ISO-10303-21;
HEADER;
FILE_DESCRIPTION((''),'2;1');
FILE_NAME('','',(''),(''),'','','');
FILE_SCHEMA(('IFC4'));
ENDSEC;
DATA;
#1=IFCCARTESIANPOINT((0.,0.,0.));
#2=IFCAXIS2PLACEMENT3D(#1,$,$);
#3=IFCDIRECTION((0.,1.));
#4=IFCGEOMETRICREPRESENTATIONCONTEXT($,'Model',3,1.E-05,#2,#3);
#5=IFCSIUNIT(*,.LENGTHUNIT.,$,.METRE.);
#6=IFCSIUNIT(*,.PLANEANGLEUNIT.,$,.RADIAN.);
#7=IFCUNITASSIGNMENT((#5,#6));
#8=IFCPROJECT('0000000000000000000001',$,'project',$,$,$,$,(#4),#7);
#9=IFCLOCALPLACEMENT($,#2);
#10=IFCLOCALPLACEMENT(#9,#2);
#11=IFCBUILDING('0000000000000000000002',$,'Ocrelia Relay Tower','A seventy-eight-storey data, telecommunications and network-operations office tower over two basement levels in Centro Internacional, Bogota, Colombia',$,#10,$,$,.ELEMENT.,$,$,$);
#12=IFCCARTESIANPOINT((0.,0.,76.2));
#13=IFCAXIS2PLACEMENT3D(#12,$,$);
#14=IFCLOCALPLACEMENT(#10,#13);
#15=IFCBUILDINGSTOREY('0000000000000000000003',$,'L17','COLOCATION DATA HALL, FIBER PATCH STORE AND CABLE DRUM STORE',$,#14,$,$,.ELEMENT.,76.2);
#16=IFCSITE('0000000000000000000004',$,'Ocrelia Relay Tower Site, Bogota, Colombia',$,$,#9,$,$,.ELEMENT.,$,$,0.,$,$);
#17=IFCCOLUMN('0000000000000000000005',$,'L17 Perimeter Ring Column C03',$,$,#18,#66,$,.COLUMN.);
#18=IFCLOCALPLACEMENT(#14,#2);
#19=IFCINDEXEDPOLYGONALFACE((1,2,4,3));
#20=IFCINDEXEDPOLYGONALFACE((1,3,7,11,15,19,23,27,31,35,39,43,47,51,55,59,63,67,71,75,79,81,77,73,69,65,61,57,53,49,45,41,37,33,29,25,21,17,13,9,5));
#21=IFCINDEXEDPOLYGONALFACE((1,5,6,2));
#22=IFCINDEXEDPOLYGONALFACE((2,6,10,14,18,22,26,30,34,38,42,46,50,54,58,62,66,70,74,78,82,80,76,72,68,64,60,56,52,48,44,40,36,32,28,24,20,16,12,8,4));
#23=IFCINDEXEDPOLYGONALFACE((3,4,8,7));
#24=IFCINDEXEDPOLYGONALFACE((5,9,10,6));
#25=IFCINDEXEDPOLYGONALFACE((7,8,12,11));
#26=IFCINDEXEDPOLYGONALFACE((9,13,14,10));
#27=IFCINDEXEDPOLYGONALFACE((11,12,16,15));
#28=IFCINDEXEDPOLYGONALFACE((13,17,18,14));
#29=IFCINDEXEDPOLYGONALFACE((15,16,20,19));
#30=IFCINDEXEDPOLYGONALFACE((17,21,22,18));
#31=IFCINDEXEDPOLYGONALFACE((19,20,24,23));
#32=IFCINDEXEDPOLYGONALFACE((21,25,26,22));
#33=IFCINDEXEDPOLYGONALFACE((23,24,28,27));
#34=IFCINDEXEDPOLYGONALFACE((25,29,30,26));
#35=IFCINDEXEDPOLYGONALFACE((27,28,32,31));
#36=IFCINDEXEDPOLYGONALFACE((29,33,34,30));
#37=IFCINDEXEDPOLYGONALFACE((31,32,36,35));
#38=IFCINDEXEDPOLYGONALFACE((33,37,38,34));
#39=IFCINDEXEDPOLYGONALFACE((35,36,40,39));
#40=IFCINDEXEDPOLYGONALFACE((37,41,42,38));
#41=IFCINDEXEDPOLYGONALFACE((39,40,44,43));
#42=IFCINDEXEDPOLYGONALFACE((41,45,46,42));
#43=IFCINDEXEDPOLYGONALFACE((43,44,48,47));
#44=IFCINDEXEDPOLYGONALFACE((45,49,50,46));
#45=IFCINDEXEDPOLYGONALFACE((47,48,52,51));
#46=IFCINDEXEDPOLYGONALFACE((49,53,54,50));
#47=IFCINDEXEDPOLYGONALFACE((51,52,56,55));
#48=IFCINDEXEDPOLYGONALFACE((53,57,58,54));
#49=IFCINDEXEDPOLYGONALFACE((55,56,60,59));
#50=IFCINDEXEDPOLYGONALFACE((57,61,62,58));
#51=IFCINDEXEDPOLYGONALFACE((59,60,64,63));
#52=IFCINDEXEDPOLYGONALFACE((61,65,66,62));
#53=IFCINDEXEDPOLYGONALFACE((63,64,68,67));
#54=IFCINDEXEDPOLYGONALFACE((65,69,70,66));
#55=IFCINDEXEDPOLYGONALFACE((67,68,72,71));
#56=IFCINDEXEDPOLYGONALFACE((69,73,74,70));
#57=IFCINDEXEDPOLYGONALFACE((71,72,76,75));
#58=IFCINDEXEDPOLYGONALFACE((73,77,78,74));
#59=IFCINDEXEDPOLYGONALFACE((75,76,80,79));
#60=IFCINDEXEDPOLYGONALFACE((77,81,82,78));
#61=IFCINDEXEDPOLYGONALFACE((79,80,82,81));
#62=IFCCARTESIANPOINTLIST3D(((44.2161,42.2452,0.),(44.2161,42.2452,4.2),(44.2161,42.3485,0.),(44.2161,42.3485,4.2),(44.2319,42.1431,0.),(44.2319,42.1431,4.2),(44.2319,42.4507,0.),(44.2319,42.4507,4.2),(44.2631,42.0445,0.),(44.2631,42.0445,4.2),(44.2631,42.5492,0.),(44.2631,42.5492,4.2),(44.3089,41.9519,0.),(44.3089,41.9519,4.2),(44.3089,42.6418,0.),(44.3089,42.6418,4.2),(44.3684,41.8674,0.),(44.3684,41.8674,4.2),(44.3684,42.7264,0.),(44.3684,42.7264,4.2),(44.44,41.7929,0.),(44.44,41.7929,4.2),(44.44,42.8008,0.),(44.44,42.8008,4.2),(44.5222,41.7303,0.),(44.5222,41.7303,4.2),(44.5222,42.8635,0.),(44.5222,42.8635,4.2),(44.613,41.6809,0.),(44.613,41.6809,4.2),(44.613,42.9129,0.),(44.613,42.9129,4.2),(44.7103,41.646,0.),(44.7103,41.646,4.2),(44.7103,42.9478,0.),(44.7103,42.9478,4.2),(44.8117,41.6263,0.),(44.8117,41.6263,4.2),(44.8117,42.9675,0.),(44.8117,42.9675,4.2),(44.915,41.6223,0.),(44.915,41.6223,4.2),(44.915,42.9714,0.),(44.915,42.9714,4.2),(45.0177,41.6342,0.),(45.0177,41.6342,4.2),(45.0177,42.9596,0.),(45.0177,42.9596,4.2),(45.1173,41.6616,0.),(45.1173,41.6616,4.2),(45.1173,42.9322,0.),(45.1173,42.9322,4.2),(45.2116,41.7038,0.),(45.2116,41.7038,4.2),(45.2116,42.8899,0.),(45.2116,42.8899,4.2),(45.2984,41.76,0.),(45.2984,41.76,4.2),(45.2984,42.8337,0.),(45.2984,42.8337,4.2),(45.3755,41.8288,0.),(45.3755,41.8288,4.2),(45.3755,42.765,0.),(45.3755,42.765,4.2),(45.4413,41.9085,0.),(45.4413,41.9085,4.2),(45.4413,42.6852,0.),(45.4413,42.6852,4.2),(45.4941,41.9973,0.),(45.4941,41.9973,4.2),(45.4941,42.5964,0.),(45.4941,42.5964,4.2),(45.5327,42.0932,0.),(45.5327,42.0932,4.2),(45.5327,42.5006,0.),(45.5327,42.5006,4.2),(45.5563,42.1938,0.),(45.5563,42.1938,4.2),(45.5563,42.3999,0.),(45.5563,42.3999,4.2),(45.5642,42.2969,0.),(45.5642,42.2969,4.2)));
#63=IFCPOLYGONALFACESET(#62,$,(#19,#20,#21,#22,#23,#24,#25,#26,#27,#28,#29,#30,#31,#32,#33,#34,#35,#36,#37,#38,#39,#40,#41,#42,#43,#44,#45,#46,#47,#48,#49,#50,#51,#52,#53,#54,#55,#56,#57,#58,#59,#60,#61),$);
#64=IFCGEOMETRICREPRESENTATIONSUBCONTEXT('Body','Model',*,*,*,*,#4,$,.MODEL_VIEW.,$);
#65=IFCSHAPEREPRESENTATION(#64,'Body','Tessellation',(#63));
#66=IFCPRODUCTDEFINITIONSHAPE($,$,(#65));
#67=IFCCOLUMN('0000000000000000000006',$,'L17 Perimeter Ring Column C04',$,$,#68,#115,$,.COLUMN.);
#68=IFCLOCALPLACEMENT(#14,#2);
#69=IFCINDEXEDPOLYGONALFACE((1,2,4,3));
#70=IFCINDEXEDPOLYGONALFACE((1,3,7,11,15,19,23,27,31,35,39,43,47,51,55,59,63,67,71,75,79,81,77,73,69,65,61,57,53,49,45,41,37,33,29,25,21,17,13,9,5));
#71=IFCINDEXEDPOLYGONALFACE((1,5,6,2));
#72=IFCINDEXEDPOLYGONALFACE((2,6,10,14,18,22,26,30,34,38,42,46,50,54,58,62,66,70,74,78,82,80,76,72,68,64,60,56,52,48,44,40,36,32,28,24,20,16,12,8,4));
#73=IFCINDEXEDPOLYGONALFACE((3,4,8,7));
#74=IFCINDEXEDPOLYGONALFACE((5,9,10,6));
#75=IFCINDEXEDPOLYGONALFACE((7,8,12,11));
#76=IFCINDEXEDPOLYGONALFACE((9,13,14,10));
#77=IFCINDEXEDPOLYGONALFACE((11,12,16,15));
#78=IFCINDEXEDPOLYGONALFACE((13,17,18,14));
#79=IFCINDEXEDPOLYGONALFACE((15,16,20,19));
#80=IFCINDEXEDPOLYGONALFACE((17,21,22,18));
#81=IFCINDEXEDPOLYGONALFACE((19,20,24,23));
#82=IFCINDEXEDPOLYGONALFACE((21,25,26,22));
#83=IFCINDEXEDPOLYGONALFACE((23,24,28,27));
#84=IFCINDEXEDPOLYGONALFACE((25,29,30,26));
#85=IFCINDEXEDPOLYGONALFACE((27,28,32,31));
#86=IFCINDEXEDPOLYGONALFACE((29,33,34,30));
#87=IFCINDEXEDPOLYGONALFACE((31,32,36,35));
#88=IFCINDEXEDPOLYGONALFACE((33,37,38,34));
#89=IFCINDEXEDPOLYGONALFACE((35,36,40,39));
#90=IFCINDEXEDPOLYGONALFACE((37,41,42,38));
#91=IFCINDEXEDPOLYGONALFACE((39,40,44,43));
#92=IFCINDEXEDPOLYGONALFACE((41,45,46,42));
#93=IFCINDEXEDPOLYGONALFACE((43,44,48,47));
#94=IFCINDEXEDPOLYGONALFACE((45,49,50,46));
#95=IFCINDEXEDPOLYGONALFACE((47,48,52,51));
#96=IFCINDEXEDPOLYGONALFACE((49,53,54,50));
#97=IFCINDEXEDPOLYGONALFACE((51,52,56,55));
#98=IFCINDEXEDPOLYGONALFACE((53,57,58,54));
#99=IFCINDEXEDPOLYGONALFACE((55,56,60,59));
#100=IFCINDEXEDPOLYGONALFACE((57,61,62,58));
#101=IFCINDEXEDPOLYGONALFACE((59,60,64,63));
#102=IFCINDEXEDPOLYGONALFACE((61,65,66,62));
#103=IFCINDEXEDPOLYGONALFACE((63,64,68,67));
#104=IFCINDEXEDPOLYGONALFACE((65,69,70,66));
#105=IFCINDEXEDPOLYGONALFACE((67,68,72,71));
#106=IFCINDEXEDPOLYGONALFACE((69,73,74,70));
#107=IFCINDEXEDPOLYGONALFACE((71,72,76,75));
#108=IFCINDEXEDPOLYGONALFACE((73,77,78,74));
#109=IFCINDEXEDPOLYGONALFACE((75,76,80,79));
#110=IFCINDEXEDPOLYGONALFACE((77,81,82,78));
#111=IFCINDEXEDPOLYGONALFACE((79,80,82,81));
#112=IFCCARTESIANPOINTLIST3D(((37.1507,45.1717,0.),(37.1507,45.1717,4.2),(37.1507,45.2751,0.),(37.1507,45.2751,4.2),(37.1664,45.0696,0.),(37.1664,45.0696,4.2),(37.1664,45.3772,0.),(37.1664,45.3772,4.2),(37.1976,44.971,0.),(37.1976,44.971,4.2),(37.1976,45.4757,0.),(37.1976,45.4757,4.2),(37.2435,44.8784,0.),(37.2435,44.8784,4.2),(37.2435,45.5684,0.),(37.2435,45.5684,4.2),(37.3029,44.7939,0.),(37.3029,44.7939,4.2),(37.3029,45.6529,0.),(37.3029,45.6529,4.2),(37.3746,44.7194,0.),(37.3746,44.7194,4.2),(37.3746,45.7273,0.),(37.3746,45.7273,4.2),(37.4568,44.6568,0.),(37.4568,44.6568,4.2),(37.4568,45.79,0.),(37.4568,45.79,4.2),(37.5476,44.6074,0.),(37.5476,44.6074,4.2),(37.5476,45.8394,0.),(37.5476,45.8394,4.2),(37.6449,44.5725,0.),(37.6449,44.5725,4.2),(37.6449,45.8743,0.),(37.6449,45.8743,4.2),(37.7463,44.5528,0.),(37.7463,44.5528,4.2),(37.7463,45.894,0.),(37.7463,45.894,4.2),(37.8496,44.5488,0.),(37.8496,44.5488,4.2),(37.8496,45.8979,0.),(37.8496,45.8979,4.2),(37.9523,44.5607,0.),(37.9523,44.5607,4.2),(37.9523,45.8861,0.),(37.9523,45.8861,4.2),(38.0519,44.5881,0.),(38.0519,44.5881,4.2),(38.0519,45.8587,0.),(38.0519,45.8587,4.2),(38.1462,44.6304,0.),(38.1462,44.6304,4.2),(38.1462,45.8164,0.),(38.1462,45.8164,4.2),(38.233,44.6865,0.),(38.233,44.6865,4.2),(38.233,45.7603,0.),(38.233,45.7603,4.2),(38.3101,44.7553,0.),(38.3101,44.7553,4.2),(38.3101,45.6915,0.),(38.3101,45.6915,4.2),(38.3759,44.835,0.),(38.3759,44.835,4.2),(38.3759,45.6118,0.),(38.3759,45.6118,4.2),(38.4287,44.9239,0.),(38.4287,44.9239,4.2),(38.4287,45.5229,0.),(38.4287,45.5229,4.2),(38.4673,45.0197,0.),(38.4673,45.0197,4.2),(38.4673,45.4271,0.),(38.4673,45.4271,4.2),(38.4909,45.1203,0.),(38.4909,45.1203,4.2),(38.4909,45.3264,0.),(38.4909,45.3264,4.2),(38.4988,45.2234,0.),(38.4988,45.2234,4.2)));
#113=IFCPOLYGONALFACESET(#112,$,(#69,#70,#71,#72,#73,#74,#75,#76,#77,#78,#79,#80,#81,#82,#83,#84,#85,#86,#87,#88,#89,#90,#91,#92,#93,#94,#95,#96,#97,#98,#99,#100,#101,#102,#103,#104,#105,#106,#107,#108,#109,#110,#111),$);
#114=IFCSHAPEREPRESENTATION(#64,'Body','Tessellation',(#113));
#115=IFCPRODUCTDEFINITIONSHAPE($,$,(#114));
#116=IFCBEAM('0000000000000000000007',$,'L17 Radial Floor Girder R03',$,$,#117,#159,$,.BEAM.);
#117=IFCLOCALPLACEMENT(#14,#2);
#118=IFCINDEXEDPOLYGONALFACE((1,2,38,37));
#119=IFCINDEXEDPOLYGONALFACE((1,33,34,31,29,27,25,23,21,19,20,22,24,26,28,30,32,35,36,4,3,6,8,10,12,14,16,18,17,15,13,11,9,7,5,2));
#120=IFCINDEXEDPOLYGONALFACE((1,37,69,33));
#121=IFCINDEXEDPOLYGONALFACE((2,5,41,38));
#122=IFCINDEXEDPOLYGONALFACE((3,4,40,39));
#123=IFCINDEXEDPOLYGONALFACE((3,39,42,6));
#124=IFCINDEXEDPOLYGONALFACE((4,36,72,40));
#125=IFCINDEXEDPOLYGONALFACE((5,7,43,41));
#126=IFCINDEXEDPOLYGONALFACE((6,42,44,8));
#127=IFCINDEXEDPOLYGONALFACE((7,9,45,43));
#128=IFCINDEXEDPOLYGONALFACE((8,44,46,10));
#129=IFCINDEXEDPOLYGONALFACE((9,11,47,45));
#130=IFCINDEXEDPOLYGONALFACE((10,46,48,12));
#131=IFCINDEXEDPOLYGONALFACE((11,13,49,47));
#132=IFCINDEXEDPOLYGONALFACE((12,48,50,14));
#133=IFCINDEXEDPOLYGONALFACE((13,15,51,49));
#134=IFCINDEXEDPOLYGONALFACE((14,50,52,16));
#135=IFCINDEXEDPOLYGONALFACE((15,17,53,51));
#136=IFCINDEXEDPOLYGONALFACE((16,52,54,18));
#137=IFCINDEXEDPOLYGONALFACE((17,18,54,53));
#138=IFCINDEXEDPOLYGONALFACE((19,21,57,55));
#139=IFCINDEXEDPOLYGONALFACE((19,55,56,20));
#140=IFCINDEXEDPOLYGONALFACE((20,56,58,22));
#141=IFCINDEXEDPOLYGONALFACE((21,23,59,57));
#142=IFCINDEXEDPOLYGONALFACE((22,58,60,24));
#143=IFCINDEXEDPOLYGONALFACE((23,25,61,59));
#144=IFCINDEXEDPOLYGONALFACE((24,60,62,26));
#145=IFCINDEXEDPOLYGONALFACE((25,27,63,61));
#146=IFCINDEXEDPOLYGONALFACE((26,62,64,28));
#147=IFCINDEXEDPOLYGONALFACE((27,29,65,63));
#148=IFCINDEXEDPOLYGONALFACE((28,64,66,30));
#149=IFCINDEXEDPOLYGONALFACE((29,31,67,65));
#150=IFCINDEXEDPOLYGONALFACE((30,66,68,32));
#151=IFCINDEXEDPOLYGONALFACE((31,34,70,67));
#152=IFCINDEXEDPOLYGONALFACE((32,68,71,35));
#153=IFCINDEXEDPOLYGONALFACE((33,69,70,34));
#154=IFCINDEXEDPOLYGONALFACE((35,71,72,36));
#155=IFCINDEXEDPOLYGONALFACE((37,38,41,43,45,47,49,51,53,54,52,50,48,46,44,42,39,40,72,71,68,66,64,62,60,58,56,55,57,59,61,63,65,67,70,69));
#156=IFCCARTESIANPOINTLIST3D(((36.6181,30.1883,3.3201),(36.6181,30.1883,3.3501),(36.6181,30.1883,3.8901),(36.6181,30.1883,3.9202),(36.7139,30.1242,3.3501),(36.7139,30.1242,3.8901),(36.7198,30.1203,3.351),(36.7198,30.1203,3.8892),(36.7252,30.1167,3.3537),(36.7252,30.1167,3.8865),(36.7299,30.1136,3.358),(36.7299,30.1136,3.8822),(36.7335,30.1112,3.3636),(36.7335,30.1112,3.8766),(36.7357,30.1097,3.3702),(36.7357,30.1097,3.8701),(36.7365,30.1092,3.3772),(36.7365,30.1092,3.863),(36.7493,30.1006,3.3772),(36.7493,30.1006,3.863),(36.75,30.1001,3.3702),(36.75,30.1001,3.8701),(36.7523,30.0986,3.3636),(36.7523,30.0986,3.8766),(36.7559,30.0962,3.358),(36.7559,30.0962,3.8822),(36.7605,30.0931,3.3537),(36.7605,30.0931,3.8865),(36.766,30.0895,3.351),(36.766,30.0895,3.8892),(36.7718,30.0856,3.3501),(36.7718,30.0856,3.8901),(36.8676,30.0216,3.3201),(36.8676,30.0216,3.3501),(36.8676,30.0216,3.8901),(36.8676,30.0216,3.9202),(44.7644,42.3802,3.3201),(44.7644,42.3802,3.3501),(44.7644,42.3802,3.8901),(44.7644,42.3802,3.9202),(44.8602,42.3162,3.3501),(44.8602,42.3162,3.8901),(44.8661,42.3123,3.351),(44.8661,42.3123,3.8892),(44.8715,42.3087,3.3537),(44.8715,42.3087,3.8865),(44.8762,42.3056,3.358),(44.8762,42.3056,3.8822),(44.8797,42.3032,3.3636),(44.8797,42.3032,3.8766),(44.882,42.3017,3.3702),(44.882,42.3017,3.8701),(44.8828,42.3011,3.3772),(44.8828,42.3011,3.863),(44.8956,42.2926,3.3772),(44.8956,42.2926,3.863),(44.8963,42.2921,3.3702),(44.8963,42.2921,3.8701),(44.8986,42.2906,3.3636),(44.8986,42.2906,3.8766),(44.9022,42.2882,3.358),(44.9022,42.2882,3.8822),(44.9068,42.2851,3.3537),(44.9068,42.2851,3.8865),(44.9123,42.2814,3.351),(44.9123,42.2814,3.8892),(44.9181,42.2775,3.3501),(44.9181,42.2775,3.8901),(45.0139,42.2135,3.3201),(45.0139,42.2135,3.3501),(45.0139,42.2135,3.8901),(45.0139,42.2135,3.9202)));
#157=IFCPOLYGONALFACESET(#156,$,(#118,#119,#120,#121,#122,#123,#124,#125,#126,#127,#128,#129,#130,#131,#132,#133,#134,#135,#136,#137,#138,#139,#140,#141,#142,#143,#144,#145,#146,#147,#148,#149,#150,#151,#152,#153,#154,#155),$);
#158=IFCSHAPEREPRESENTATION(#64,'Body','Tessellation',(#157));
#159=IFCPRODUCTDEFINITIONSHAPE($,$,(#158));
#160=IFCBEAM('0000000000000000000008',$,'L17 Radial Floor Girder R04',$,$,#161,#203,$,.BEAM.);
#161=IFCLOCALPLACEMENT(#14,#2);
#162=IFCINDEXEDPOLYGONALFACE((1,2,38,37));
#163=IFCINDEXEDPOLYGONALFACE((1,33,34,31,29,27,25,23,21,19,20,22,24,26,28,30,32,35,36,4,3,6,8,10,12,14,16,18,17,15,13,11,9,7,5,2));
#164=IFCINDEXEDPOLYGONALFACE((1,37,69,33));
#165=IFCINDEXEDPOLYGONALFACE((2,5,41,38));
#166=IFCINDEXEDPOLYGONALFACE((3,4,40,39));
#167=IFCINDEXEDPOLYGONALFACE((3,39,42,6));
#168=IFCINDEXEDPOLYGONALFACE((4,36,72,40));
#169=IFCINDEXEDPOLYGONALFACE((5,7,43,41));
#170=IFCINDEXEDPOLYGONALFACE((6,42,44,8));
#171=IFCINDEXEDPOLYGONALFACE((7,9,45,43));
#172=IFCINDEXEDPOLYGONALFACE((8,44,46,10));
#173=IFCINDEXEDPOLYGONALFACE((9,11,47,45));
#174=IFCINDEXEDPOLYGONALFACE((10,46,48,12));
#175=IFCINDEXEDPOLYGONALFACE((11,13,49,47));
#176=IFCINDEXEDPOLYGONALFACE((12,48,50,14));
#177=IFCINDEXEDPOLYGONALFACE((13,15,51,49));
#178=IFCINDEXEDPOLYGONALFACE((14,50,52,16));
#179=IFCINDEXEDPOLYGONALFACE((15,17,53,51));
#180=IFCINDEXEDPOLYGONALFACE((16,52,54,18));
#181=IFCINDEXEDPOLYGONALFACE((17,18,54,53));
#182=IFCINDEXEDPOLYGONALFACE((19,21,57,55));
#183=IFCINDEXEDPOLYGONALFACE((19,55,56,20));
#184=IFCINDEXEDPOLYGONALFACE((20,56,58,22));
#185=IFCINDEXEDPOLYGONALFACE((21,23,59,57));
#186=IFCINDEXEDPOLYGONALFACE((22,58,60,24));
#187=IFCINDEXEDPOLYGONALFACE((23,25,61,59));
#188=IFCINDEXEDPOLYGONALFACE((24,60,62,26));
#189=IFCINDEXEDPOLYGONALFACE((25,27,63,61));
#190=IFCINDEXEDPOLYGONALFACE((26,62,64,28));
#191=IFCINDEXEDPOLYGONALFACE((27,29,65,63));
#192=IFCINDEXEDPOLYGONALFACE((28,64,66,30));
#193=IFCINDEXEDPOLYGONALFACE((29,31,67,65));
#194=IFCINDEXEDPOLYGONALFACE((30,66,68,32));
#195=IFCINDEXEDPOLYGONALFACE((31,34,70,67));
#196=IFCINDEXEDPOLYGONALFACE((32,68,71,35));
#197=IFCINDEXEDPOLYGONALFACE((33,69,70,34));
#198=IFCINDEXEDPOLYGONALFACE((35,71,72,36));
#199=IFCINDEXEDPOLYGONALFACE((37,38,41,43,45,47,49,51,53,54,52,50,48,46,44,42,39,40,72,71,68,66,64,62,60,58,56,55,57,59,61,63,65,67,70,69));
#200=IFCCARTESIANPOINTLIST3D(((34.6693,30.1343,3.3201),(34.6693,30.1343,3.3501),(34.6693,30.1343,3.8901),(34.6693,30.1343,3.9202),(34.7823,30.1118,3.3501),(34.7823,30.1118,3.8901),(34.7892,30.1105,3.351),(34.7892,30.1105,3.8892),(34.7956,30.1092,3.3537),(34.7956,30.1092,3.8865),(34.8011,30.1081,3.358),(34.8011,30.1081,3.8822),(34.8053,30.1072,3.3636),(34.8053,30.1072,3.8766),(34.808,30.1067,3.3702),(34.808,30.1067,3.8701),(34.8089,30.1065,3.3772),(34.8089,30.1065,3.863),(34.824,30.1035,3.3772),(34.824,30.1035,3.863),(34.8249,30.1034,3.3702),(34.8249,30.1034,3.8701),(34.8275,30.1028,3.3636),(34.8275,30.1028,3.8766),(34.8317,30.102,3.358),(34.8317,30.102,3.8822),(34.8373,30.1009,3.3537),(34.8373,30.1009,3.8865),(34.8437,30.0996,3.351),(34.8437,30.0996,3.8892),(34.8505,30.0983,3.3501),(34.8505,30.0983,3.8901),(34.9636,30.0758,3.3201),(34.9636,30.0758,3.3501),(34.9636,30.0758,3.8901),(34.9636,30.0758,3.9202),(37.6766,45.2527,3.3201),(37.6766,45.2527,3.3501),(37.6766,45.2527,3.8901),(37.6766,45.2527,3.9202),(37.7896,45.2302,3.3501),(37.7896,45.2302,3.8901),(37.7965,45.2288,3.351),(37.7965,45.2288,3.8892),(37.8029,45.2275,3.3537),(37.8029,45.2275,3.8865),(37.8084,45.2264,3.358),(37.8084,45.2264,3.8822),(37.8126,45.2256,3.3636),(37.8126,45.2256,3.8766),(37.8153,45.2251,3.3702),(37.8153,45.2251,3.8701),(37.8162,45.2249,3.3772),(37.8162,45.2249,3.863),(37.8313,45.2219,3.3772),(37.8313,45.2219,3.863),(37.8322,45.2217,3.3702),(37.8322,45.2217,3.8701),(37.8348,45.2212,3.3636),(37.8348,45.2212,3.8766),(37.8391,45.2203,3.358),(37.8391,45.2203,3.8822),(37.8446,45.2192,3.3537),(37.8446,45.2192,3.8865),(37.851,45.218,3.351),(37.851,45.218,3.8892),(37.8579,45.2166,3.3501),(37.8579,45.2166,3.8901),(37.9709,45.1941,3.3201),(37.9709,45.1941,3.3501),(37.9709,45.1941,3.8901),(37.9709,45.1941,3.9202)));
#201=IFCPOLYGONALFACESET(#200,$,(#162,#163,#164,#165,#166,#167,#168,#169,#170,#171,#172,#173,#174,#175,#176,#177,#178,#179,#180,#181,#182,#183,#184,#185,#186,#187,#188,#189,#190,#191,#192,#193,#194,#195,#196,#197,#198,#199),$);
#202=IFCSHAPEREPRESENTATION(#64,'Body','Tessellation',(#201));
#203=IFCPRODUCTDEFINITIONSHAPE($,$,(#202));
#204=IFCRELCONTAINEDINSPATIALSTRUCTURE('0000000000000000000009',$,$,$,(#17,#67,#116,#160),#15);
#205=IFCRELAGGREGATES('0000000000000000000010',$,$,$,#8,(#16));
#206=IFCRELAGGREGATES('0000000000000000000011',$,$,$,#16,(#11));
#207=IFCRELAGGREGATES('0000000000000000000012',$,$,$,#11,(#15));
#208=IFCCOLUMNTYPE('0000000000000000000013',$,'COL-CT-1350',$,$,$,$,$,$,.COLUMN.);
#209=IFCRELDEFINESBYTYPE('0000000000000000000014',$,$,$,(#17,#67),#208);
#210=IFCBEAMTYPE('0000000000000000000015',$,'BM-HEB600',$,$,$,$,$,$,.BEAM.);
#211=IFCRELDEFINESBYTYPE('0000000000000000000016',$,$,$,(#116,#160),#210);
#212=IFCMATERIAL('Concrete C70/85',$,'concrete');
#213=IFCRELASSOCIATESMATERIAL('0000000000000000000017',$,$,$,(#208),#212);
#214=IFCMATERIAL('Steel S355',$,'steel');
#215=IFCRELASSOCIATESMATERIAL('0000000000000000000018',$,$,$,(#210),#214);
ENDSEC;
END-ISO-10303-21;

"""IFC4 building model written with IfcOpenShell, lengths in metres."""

from ifc_helpers import new_model, si_unit, direction, frame, origin, origin_2d, place, context, subcontext, project, spatial, circle, i_section, extrude, material, material_profile, profile_set, type_object, element, save


model = new_model("IFC4")

# Units and contexts
model_context = context("Model", 3, precision=1e-05, world=origin(), true_north=direction((0.0, 1.0)))
body_context = subcontext(model_context, "Body", "Model", "MODEL_VIEW")
ifc_project = project(units=[si_unit("LENGTHUNIT", "METRE"), si_unit("PLANEANGLEUNIT", "RADIAN")], contexts=[model_context])

# Site, building, storey
site_placement = place(None, origin())
site = spatial("IfcSite", under=ifc_project, at=site_placement, Name="Ocrelia Relay Tower Site, Bogota, Colombia", CompositionType="ELEMENT", RefElevation=0.0)
building_placement = place(site_placement, origin())
building = spatial("IfcBuilding", under=site, at=building_placement, Name="Ocrelia Relay Tower", Description="A seventy-eight-storey data, telecommunications and network-operations office tower over two basement levels in Centro Internacional, Bogota, Colombia", CompositionType="ELEMENT")
storey_placement = place(building_placement, frame((0.0, 0.0, 76.2)))
storey = spatial("IfcBuildingStorey", under=building, at=storey_placement, Name="L17", Description="COLOCATION DATA HALL, FIBER PATCH STORE AND CABLE DRUM STORE", CompositionType="ELEMENT", Elevation=76.2)

# Columns
ifc_material_1 = material(Name="Concrete C70/85", Category="concrete")
ifc_material_profile_1 = material_profile(ifc_material_1, circle(Radius=0.675, at=origin_2d()), Name="RC-CIR-1350")
ifc_profile_set_1 = profile_set([ifc_material_profile_1], Name="Concrete C70/85")
column_type = type_object("IfcColumnType", Name="COL-CT-1350", PredefinedType="COLUMN", material=ifc_profile_set_1)
for number, where, z_axis, x_axis, name in (
    (1, (44.8892, 42.2969, 0.0), (0.0, 0.0, 1.0), (1.0, 0.0, 0.0), "L17 Perimeter Ring Column C03"),
    (2, (37.8237, 45.2234, 0.0), (0.0, 0.0, 1.0), (1.0, 0.0, 0.0), "L17 Perimeter Ring Column C04"),
):
    element("IfcColumn", number, at=place(storey_placement, frame(where, z_axis=z_axis, x_axis=x_axis)), inside=storey, type_object=column_type, Name=name, PredefinedType="COLUMN", context=body_context, shape_type="SweptSolid", body=[
        extrude(circle(Radius=0.675, at=origin_2d()), origin(), (0.0, 0.0, 1.0), 4.2),
    ])

# Beams
ifc_material_2 = material(Name="Steel S355", Category="steel")
ifc_material_profile_2 = material_profile(ifc_material_2, i_section(OverallWidth=0.3, OverallDepth=0.6001, WebThickness=0.0154, FlangeThickness=0.03, FilletRadius=0.0271, at=origin_2d()), Name="HEB 600")
ifc_profile_set_2 = profile_set([ifc_material_profile_2], Name="Steel S355")
beam_type_1 = type_object("IfcBeamType", Name="BM-HEB600", PredefinedType="BEAM", material=ifc_profile_set_2)
beam_1_placement = place(storey_placement, frame((44.8892, 42.2969, 3.6201), z_axis=(-0.555564, -0.831473, 0.0), x_axis=(0.831473, -0.555564, 0.0)))
element("IfcBeam", 3, at=beam_1_placement, inside=storey, type_object=beam_type_1, Name="L17 Radial Floor Girder R03", PredefinedType="BEAM", context=body_context, shape_type="SweptSolid", body=[
    extrude(i_section(OverallWidth=0.3, OverallDepth=0.6001, WebThickness=0.0154, FlangeThickness=0.03, FilletRadius=0.0271, at=origin_2d()), origin(), (0.0, 0.0, 1.0), 14.6631),
])
beam_2_placement = place(storey_placement, frame((37.8237, 45.2234, 3.6201), z_axis=(-0.195096, -0.980784, 0.0), x_axis=(0.980784, -0.195096, 0.0)))
element("IfcBeam", 4, at=beam_2_placement, inside=storey, type_object=beam_type_1, Name="L17 Radial Floor Girder R04", PredefinedType="BEAM", context=body_context, shape_type="SweptSolid", body=[
    extrude(i_section(OverallWidth=0.3, OverallDepth=0.6001, WebThickness=0.0154, FlangeThickness=0.03, FilletRadius=0.0271, at=origin_2d()), origin(), (0.0, 0.0, 1.0), 15.4146),
])

save(model, "model.ifc")
